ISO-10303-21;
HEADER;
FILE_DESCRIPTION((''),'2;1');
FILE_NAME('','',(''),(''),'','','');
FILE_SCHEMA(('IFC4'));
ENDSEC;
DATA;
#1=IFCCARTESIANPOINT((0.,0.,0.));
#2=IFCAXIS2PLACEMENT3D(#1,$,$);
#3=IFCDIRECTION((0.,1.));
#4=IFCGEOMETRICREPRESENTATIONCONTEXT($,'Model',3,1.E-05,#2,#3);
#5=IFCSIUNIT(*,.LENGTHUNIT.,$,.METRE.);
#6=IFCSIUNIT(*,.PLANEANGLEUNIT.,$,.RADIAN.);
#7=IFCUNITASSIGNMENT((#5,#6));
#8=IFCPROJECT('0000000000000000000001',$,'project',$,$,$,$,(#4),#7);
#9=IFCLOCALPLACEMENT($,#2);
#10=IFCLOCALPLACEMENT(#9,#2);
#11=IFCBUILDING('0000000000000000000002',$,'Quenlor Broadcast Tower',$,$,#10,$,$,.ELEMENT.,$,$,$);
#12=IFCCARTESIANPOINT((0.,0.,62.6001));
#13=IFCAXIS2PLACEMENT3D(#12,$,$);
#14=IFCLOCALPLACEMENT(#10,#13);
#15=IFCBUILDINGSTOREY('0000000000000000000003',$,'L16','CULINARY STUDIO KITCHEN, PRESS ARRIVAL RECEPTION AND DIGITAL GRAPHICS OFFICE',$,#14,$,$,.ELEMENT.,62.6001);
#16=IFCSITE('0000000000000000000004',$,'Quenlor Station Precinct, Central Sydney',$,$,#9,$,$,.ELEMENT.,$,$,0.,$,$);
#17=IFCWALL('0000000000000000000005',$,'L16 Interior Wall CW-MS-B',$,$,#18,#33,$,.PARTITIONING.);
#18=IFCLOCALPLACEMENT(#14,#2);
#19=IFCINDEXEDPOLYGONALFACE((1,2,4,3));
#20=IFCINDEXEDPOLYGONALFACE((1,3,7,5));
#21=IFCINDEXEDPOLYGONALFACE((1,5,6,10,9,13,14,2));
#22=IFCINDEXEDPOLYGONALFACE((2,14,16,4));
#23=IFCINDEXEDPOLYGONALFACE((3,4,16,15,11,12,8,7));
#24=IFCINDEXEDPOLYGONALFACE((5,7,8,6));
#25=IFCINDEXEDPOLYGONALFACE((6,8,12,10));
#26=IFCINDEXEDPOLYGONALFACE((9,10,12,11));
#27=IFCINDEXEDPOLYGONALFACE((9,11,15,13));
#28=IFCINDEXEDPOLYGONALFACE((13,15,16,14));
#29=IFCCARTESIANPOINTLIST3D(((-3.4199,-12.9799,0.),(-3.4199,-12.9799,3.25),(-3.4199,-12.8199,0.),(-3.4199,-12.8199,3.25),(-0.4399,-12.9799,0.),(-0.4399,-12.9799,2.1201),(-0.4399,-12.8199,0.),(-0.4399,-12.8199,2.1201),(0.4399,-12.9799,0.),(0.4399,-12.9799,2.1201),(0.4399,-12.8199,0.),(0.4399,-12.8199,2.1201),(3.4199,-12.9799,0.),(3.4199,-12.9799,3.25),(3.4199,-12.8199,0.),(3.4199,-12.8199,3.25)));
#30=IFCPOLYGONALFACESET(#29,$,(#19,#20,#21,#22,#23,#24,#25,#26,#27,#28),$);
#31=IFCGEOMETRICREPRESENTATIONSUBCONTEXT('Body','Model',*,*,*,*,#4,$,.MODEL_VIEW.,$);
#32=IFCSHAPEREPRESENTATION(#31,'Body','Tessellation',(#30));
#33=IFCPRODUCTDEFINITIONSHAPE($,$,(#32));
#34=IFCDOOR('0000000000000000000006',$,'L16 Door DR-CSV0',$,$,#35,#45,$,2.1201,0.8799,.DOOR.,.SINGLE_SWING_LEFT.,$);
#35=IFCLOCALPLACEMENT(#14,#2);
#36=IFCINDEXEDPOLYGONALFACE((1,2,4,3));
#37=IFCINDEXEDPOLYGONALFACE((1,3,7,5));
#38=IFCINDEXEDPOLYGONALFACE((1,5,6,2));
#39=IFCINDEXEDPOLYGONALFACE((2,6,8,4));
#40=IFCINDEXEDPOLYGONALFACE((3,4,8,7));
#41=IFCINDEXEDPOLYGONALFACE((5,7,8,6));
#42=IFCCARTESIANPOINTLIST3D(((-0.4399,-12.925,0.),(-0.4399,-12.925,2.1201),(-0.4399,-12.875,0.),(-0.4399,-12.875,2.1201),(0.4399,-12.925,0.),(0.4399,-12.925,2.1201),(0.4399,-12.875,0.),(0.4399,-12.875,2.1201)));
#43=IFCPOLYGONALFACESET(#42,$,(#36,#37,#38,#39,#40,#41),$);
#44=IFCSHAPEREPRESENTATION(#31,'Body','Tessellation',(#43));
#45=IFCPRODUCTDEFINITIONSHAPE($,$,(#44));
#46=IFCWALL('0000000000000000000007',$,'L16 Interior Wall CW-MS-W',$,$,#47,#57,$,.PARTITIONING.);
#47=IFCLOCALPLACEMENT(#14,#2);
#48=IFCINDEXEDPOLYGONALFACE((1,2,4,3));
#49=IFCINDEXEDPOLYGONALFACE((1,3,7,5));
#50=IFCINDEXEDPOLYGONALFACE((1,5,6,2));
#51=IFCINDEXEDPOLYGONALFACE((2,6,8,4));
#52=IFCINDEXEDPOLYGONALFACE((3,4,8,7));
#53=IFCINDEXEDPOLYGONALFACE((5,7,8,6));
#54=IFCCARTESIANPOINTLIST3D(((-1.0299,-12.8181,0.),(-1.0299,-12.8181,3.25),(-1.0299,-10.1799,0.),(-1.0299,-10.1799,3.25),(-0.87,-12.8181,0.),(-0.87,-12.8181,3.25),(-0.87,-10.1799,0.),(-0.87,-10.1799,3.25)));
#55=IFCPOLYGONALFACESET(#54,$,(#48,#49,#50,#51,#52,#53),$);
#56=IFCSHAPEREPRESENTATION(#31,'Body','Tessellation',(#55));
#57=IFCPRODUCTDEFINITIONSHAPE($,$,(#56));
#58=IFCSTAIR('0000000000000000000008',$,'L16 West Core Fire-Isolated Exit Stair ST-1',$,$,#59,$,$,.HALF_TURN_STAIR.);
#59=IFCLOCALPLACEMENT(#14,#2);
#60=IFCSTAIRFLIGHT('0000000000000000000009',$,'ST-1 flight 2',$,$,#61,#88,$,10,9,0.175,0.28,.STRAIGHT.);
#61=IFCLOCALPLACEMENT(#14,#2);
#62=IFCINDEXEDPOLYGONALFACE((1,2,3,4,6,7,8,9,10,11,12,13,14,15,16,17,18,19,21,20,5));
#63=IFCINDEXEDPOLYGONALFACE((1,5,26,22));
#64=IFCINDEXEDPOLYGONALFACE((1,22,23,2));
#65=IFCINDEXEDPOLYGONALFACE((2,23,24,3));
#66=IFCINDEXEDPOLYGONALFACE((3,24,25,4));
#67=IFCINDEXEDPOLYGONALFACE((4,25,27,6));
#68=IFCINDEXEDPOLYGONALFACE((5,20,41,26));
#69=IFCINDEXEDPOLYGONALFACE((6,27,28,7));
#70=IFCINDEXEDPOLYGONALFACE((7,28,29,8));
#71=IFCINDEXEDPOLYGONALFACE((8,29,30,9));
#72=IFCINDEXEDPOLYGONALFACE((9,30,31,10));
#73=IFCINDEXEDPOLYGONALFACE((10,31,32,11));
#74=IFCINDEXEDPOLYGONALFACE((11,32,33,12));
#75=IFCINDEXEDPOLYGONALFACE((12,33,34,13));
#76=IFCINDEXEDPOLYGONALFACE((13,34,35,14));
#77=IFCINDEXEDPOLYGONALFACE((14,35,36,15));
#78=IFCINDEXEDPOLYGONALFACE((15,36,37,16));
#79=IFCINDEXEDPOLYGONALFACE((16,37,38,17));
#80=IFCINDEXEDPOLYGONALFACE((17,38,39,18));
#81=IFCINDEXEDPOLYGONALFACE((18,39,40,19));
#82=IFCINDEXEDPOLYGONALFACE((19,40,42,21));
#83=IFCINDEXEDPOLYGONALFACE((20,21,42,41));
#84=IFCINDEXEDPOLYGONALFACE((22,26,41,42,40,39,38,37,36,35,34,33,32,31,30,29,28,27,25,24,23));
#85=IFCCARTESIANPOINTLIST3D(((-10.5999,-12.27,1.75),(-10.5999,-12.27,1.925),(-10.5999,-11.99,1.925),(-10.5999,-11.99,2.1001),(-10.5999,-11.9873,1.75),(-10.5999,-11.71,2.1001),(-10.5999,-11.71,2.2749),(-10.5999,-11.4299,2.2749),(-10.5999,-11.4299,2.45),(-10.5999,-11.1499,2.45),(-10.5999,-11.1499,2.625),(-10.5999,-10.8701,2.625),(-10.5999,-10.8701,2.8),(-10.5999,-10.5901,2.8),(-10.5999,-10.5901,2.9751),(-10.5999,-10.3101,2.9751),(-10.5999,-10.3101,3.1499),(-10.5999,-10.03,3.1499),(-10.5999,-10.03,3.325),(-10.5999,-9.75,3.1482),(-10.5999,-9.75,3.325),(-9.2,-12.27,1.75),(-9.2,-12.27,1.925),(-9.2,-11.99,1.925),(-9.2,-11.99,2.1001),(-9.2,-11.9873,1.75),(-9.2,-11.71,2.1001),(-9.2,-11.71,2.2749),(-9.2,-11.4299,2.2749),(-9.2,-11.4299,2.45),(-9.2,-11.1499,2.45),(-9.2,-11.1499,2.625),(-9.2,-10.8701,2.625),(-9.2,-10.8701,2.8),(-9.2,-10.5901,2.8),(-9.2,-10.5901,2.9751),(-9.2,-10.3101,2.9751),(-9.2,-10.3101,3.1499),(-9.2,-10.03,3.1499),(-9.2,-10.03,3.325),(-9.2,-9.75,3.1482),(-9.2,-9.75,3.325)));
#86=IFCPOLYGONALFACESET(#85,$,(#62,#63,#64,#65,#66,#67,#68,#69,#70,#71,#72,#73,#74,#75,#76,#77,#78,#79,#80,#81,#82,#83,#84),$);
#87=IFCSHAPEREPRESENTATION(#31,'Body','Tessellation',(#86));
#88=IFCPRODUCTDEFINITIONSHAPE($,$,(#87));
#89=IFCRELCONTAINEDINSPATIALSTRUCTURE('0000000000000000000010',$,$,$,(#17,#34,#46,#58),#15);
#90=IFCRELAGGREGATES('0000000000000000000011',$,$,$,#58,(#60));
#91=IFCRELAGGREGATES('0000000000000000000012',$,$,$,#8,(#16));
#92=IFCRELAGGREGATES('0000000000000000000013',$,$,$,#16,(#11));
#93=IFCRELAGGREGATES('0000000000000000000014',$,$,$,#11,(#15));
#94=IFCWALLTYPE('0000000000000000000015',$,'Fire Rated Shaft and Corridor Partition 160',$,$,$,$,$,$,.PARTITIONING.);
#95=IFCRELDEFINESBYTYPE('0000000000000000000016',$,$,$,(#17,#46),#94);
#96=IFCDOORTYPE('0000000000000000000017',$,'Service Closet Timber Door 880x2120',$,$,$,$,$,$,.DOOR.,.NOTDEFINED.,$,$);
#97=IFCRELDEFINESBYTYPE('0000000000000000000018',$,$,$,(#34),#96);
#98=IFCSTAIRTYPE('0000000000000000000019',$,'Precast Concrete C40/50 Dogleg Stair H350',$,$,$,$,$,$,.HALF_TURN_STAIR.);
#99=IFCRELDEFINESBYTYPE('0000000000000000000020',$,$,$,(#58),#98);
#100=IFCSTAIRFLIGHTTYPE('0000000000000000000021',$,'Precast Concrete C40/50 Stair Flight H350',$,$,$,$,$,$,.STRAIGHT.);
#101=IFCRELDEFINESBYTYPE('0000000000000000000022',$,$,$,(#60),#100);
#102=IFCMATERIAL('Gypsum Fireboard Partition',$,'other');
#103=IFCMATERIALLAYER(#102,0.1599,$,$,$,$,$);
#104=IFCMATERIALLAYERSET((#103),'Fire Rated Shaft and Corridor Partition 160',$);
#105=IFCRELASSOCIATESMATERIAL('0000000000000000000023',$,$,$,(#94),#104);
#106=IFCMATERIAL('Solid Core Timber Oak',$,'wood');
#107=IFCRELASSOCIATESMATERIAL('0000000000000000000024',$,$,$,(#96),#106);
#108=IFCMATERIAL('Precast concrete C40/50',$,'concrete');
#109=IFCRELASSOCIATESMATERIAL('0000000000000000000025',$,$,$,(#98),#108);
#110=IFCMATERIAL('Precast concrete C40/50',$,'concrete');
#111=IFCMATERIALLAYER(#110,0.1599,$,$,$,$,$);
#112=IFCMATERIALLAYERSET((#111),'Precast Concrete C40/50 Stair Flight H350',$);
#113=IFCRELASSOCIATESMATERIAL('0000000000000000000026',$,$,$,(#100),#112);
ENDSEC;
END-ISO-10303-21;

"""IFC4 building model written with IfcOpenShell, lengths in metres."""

from ifc_helpers import new_model, si_unit, direction, frame, frame_2d, origin, place, context, subcontext, project, spatial, polyline, rectangle, outline, extrude, material, layer, layer_set, type_object, element, fill, aggregate, save


model = new_model("IFC4")

# Units and contexts
model_context = context("Model", 3, precision=1e-05, world=origin(), true_north=direction((0.0, 1.0)))
body_context = subcontext(model_context, "Body", "Model", "MODEL_VIEW")
ifc_project = project(units=[si_unit("LENGTHUNIT", "METRE"), si_unit("PLANEANGLEUNIT", "RADIAN")], contexts=[model_context])

# Site, building, storey
site_placement = place(None, origin())
site = spatial("IfcSite", under=ifc_project, at=site_placement, Name="Quenlor Station Precinct, Central Sydney", CompositionType="ELEMENT", RefElevation=0.0)
building_placement = place(site_placement, origin())
building = spatial("IfcBuilding", under=site, at=building_placement, Name="Quenlor Broadcast Tower", CompositionType="ELEMENT")
storey_placement = place(building_placement, frame((0.0, 0.0, 62.6001)))
storey = spatial("IfcBuildingStorey", under=building, at=storey_placement, Name="L16", Description="CULINARY STUDIO KITCHEN, PRESS ARRIVAL RECEPTION AND DIGITAL GRAPHICS OFFICE", CompositionType="ELEMENT", Elevation=62.6001)

# Shared definitions
ifc_material_1 = material(Name="Gypsum Fireboard Partition", Category="other")
ifc_layer_1 = layer(ifc_material_1, 0.1599)
ifc_layer_set_1 = layer_set([ifc_layer_1], Name="Fire Rated Shaft and Corridor Partition 160")
wall_type_1 = type_object("IfcWallType", Name="Fire Rated Shaft and Corridor Partition 160", PredefinedType="PARTITIONING", material=ifc_layer_set_1)

# Wall, opening, door
wall_1_placement = place(storey_placement, frame((-3.4199, -12.8999, 0.0), z_axis=(0.0, 0.0, 1.0), x_axis=(1.0, 0.0, 0.0)))
wall_1 = element("IfcWall", 1, at=wall_1_placement, inside=storey, type_object=wall_type_1, Name="L16 Interior Wall CW-MS-B", PredefinedType="PARTITIONING", context=body_context, shape_type="SweptSolid", body=[
    extrude(rectangle(XDim=6.8398, YDim=0.1599, at=frame_2d((3.4199, 0.0))), origin(), (0.0, 0.0, 1.0), 3.25),
])
opening_1_placement = place(wall_1_placement, frame((2.98, 0.0, 0.0)))
opening_1 = element("IfcOpeningElement", 2, at=opening_1_placement, cuts=wall_1, PredefinedType="OPENING", context=body_context, shape_type="SweptSolid", body=[
    extrude(rectangle(XDim=0.8799, YDim=2.1201, at=frame_2d((0.4399, 1.0601))), frame((0.0, 0.0898, 0.0), z_axis=(0.0, -1.0, 0.0), x_axis=(1.0, 0.0, 0.0)), (0.0, 0.0, 1.0), 0.1799),
])
ifc_material_2 = material(Name="Solid Core Timber Oak", Category="wood")
door_type_1 = type_object("IfcDoorType", Name="Service Closet Timber Door 880x2120", OperationType="NOTDEFINED", PredefinedType="DOOR", material=ifc_material_2)
door_1_placement = place(opening_1_placement, origin())
door_1 = element("IfcDoor", 3, at=door_1_placement, inside=storey, type_object=door_type_1, Name="L16 Door DR-CSV0", OperationType="SINGLE_SWING_LEFT", OverallHeight=2.1201, OverallWidth=0.8799, PredefinedType="DOOR", context=body_context, shape_type="SweptSolid", body=[
    extrude(rectangle(XDim=0.8799, YDim=2.1201, at=frame_2d((0.4399, 1.0601))), frame((0.0, 0.0249, 0.0), z_axis=(0.0, -1.0, 0.0), x_axis=(1.0, 0.0, 0.0)), (0.0, 0.0, 1.0), 0.05),
])
fill(opening_1, door_1)

# Wall
wall_2_placement = place(storey_placement, frame((-0.95, -12.8181, 0.0), z_axis=(0.0, 0.0, 1.0), x_axis=(0.0, 1.0, 0.0)))
element("IfcWall", 4, at=wall_2_placement, inside=storey, type_object=wall_type_1, Name="L16 Interior Wall CW-MS-W", PredefinedType="PARTITIONING", context=body_context, shape_type="SweptSolid", body=[
    extrude(rectangle(XDim=2.6382, YDim=0.1599, at=frame_2d((1.3191, 0.0))), origin(), (0.0, 0.0, 1.0), 3.25),
])

# Stair, stair flight
ifc_material_3 = material(Name="Precast concrete C40/50", Category="concrete")
stair_type = type_object("IfcStairType", Name="Precast Concrete C40/50 Dogleg Stair H350", PredefinedType="HALF_TURN_STAIR", material=ifc_material_3)
stair_placement = place(storey_placement, origin())
stair = element("IfcStair", 5, at=stair_placement, inside=storey, type_object=stair_type, Name="L16 West Core Fire-Isolated Exit Stair ST-1", PredefinedType="HALF_TURN_STAIR")
ifc_material_4 = material(Name="Precast concrete C40/50", Category="concrete")
ifc_layer_2 = layer(ifc_material_4, 0.1599)
ifc_layer_set_2 = layer_set([ifc_layer_2], Name="Precast Concrete C40/50 Stair Flight H350")
stair_flight_type = type_object("IfcStairFlightType", Name="Precast Concrete C40/50 Stair Flight H350", PredefinedType="STRAIGHT", material=ifc_layer_set_2)
stair_flight_placement = place(storey_placement, frame((-9.8999, -12.27, 1.75), z_axis=(0.0, 0.0, 1.0), x_axis=(0.0, 1.0, 0.0)))
stair_flight = element("IfcStairFlight", 6, at=stair_flight_placement, type_object=stair_flight_type, Name="ST-1 flight 2", NumberOfRisers=10, NumberOfTreads=9, PredefinedType="STRAIGHT", RiserHeight=0.175, TreadLength=0.28, context=body_context, shape_type="SweptSolid", body=[
    extrude(outline(polyline([(0.0, 0.0), (0.0, 0.175), (0.28, 0.175), (0.28, 0.3501), (0.5601, 0.3501), (0.5601, 0.5249), (0.8401, 0.5249), (0.8401, 0.7), (1.1201, 0.7), (1.1201, 0.875), (1.3999, 0.875), (1.3999, 1.05), (1.6799, 1.05), (1.6799, 1.2251), (1.96, 1.2251), (1.96, 1.3999), (2.24, 1.3999), (2.24, 1.575), (2.52, 1.575), (2.52, 1.75), (2.52, 1.3982), (0.2827, 0.0), (0.0, 0.0)])), frame((0.0, 0.7, 0.0), z_axis=(0.0, -1.0, 0.0), x_axis=(1.0, 0.0, 0.0)), (0.0, 0.0, 1.0), 1.3999),
])
aggregate(stair, [stair_flight])

save(model, "model.ifc")
